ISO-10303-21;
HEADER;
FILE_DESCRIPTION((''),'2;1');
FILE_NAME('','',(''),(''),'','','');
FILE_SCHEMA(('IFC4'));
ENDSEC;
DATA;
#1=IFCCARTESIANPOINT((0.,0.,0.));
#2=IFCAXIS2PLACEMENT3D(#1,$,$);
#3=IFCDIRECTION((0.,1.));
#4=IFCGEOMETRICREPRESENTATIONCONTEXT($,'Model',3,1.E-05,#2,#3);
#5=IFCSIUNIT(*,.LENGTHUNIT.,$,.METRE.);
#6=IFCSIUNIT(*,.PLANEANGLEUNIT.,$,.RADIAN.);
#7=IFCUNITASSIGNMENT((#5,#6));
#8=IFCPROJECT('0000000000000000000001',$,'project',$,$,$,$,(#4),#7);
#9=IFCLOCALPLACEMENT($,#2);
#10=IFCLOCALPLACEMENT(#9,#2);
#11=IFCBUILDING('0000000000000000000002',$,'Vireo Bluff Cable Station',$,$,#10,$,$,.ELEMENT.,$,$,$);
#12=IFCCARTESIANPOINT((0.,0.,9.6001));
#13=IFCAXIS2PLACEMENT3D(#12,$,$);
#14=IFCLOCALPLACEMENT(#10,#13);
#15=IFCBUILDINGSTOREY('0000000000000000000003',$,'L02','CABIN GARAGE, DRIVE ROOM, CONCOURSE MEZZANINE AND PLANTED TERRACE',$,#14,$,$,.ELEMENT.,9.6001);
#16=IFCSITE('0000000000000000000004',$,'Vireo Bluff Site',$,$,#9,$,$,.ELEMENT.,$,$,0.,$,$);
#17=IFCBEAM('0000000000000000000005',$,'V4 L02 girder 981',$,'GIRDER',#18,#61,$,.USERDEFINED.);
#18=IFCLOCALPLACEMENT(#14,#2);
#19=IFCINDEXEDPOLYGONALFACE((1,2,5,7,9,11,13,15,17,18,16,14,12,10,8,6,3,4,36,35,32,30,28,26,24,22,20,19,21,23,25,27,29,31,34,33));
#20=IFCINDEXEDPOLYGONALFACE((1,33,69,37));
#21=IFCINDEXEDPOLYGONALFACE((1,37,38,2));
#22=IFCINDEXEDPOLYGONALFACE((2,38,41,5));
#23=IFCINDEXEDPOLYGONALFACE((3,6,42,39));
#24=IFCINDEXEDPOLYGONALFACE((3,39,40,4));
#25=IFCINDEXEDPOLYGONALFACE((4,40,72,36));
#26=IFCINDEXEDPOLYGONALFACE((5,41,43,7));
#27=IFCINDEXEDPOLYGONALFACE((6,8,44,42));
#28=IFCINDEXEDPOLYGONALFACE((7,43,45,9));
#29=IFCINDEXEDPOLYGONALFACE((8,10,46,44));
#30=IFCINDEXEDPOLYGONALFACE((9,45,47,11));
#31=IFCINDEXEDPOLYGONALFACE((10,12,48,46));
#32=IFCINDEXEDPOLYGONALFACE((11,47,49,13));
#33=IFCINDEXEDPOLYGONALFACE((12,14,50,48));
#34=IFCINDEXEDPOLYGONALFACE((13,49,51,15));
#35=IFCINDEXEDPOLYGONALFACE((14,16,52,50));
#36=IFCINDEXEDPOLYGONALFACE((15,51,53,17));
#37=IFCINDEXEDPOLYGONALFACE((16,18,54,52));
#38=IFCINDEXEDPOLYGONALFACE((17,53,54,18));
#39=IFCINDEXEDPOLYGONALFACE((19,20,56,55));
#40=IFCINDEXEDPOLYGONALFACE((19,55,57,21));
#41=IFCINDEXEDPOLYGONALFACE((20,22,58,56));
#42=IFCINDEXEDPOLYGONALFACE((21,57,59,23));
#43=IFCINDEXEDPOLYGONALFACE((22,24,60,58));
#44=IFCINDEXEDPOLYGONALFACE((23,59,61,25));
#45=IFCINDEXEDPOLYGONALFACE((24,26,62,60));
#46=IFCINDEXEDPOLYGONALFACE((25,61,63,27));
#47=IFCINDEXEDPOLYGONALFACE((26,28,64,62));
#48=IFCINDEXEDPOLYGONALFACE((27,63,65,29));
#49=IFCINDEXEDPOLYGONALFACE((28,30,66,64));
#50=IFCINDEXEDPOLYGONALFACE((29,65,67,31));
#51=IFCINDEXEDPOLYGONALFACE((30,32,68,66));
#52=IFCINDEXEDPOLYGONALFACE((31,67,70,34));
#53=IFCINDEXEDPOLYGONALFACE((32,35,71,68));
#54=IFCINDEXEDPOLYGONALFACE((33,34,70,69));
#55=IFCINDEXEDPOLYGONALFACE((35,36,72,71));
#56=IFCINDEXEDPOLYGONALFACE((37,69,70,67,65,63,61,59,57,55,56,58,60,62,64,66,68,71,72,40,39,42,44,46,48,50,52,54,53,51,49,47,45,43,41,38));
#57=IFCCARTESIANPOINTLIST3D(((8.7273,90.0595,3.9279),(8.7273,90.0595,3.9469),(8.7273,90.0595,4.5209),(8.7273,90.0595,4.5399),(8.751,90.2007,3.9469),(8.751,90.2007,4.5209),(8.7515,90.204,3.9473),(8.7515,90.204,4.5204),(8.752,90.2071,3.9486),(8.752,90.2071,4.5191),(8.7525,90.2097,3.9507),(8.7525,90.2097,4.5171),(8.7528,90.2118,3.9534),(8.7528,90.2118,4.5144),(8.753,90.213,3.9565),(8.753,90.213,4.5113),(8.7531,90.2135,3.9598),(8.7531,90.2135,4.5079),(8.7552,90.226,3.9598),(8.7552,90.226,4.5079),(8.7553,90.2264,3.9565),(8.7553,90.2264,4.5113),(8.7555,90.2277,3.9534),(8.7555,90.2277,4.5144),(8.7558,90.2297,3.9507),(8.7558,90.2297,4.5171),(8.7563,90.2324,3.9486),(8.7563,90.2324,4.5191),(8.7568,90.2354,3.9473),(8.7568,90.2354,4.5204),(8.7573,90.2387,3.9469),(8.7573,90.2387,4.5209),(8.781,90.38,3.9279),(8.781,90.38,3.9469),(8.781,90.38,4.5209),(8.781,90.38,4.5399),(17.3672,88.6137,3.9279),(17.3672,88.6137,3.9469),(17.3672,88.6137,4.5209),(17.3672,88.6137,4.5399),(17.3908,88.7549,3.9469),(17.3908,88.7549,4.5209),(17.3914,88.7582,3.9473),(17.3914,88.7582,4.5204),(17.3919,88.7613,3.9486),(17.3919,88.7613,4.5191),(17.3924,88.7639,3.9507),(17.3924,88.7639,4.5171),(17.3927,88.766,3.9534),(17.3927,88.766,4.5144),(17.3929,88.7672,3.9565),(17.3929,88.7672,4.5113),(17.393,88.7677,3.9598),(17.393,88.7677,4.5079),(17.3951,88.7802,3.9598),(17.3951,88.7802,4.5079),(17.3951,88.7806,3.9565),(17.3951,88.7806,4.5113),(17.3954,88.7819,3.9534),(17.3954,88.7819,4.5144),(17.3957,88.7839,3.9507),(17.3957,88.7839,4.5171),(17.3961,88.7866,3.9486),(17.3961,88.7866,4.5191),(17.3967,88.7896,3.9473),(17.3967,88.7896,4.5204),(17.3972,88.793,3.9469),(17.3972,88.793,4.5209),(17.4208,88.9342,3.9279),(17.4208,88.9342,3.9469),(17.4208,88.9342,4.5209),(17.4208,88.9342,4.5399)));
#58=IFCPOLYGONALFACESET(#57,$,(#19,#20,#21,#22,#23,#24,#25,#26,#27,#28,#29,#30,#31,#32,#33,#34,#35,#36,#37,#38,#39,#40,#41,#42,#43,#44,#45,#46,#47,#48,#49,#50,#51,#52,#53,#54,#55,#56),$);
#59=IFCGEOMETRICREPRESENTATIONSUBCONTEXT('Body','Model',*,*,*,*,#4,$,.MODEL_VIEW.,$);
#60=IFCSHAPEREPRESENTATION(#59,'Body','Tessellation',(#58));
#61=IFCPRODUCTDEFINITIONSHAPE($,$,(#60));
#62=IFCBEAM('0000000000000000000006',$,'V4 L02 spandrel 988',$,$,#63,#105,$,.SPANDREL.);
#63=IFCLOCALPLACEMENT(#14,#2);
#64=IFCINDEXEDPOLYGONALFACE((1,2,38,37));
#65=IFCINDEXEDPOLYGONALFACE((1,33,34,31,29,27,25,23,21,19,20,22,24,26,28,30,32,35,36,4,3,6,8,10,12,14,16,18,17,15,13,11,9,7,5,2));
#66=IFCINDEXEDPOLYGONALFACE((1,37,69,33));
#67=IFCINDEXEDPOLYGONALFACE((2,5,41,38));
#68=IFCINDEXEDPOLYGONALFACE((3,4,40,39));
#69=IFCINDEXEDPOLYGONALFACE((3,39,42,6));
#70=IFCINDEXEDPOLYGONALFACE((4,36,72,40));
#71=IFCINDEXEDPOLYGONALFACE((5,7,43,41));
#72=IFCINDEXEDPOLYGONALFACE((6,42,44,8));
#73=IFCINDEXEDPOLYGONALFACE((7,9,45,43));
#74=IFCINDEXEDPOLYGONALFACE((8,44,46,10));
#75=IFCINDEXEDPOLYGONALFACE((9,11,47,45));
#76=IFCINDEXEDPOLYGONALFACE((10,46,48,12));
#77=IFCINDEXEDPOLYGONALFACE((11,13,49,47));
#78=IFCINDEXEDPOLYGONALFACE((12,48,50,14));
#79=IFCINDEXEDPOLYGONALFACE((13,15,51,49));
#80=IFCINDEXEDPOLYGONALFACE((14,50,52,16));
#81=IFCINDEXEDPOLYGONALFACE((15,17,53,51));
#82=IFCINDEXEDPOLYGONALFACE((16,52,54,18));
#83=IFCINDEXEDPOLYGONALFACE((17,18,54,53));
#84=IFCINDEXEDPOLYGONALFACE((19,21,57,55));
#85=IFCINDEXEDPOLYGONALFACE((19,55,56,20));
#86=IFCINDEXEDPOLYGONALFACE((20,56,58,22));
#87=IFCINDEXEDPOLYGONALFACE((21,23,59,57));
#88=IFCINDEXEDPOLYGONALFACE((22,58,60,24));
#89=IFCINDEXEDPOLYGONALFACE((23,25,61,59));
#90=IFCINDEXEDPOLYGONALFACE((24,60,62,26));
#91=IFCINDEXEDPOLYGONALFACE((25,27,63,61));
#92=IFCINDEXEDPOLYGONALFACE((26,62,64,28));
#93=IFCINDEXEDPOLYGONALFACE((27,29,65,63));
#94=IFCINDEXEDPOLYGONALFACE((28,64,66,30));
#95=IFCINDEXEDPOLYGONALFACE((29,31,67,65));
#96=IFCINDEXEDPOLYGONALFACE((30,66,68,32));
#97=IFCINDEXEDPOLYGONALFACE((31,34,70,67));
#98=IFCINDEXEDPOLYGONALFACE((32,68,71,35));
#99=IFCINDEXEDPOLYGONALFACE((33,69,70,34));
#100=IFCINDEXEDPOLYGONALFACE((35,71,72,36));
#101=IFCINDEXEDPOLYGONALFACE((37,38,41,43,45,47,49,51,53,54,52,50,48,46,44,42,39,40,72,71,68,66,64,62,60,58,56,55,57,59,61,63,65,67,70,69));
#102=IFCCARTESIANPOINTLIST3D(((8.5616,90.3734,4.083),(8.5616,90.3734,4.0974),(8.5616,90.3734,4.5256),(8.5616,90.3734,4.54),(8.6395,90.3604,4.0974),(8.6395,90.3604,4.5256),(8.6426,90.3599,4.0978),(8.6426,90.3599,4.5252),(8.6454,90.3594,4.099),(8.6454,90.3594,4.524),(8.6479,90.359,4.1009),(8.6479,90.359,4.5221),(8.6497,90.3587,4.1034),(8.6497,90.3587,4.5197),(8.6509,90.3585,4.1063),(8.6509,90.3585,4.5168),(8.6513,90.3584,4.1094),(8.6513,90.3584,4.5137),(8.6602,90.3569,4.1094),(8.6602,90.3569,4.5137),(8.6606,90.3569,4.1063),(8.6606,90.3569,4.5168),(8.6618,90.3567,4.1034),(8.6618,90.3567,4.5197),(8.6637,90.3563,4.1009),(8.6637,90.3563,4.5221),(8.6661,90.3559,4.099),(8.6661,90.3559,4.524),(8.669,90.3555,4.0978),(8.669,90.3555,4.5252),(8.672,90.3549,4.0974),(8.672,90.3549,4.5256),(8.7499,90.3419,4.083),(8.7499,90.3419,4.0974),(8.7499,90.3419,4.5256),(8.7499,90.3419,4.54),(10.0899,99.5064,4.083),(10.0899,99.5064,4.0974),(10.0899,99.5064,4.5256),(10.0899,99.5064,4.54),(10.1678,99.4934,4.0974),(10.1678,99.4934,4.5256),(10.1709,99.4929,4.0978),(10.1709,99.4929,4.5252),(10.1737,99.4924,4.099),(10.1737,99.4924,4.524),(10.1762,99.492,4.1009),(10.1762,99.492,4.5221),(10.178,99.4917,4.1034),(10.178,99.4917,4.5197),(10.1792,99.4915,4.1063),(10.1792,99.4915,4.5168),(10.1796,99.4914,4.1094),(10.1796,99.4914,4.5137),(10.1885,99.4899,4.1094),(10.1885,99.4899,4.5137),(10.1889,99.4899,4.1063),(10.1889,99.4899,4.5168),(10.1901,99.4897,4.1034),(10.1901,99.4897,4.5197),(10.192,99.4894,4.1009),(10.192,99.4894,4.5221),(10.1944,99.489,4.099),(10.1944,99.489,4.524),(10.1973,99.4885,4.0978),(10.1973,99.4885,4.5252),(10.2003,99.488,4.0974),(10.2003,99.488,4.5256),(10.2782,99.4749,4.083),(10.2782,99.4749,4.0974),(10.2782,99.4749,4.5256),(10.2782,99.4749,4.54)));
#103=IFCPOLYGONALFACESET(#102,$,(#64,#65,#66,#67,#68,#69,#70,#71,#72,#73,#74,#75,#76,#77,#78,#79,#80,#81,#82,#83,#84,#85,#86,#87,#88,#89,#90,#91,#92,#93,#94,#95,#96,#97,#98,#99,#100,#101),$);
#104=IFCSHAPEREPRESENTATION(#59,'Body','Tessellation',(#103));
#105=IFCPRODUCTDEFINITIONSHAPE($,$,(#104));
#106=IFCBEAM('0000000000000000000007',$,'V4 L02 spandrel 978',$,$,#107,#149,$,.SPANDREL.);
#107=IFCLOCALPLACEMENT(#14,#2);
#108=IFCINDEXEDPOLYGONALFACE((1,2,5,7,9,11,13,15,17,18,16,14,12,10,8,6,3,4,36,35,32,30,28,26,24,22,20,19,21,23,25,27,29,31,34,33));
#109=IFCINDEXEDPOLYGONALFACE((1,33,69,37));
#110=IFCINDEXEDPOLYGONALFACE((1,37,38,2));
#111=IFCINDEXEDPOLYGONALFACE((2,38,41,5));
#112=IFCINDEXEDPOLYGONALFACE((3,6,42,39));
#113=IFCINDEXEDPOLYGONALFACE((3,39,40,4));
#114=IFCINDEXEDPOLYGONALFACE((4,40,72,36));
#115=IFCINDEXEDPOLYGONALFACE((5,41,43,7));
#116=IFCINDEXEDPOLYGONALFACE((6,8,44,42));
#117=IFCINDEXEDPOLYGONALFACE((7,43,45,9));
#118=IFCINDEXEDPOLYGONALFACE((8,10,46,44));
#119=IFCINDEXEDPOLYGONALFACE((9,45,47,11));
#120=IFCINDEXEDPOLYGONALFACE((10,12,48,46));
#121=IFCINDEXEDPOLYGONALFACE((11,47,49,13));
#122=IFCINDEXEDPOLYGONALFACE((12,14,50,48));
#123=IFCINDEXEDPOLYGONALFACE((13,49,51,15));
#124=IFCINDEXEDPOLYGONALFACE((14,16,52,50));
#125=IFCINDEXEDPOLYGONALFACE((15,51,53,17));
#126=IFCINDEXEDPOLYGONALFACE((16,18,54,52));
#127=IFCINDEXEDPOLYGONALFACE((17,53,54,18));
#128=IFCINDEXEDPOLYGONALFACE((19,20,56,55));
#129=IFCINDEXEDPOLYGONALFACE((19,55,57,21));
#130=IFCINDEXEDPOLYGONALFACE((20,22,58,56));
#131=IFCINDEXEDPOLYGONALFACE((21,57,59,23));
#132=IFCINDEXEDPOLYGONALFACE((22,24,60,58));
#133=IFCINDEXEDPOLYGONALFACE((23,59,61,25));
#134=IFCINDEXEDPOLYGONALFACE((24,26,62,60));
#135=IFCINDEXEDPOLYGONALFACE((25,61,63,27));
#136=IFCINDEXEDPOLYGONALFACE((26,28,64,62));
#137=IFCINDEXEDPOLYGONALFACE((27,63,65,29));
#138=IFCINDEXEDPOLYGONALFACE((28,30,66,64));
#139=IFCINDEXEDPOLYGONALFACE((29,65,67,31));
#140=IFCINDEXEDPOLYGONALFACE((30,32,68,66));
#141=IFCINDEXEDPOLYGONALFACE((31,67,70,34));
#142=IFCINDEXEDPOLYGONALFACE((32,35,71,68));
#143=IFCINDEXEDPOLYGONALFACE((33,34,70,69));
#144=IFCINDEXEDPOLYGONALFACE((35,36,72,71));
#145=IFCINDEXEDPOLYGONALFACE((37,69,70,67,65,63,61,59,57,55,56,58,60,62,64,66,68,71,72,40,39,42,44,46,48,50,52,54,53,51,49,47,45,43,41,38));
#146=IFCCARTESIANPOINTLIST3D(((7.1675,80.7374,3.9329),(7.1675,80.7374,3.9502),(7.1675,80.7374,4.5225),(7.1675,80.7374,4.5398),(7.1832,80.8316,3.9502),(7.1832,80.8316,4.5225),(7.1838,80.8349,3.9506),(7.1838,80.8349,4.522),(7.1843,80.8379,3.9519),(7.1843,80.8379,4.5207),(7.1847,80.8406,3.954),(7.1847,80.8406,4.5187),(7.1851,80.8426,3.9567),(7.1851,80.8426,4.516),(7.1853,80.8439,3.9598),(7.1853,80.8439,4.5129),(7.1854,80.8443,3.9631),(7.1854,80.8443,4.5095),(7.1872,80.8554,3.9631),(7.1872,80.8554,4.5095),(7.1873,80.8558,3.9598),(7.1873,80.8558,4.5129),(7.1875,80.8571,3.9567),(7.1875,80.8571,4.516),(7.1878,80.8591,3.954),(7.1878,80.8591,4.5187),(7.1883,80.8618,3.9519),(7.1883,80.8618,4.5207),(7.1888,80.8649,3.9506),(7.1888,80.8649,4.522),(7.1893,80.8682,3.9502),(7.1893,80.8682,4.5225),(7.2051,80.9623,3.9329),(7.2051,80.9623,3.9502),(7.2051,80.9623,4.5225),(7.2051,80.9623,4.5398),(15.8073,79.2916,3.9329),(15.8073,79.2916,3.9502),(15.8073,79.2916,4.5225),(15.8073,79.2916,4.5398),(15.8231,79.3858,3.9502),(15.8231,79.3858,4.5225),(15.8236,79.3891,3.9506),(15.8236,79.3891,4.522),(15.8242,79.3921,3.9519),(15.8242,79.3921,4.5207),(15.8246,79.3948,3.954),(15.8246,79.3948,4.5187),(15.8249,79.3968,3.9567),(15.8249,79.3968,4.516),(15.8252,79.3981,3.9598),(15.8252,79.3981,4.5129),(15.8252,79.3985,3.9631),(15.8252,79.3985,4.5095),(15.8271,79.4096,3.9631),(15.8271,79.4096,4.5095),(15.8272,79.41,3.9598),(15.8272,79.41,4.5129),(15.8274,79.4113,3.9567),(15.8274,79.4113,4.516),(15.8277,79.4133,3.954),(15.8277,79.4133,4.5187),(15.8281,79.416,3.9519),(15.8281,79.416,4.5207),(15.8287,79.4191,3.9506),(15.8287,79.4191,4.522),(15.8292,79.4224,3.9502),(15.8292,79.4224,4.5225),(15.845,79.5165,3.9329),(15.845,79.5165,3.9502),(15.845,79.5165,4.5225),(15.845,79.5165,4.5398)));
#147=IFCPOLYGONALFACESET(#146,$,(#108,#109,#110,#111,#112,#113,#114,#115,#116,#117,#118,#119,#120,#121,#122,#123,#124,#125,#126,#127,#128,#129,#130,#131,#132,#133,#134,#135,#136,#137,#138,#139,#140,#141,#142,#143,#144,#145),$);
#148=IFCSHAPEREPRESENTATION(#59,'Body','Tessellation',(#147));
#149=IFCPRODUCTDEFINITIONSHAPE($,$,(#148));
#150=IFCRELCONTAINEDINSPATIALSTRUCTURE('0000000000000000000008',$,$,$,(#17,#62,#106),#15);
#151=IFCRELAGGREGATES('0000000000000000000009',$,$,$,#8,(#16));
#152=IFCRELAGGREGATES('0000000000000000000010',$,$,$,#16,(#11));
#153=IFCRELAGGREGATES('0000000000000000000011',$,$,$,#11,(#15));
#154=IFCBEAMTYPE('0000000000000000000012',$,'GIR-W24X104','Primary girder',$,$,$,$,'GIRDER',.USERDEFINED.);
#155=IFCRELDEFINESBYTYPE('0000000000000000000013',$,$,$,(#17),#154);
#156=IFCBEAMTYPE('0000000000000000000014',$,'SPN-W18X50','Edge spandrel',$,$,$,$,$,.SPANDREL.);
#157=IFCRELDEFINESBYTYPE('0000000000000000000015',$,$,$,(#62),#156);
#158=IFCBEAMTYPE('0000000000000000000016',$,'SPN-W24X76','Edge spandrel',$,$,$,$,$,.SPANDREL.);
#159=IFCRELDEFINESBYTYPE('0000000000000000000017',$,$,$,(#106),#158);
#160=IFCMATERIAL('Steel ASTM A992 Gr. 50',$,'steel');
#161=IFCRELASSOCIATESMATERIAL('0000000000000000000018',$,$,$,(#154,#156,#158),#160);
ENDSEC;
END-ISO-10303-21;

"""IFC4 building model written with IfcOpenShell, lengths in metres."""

from ifc_helpers import new_model, si_unit, direction, frame, origin, origin_2d, place, context, subcontext, project, spatial, i_section, extrude, material, material_profile, profile_set, type_object, element, save


model = new_model("IFC4")

# Units and contexts
model_context = context("Model", 3, precision=1e-05, world=origin(), true_north=direction((0.0, 1.0)))
body_context = subcontext(model_context, "Body", "Model", "MODEL_VIEW")
ifc_project = project(units=[si_unit("LENGTHUNIT", "METRE"), si_unit("PLANEANGLEUNIT", "RADIAN")], contexts=[model_context])

# Site, building, storey
site_placement = place(None, origin())
site = spatial("IfcSite", under=ifc_project, at=site_placement, Name="Vireo Bluff Site", CompositionType="ELEMENT", RefElevation=0.0)
building_placement = place(site_placement, origin())
building = spatial("IfcBuilding", under=site, at=building_placement, Name="Vireo Bluff Cable Station", CompositionType="ELEMENT")
storey_placement = place(building_placement, frame((0.0, 0.0, 9.6001)))
storey = spatial("IfcBuildingStorey", under=building, at=storey_placement, Name="L02", Description="CABIN GARAGE, DRIVE ROOM, CONCOURSE MEZZANINE AND PLANTED TERRACE", CompositionType="ELEMENT", Elevation=9.6001)

# Shared definitions
ifc_material_1 = material(Name="Steel ASTM A992 Gr. 50", Category="steel")

# Beams
ifc_material_profile_1 = material_profile(ifc_material_1, i_section(OverallWidth=0.325, OverallDepth=0.6121, WebThickness=0.0127, FlangeThickness=0.019, FilletRadius=0.0129, at=origin_2d()), Name="W24X104")
ifc_profile_set_1 = profile_set([ifc_material_profile_1], Name="Steel ASTM A992 Gr. 50")
beam_type_1 = type_object("IfcBeamType", Name="GIR-W24X104", Description="Primary girder", ElementType="GIRDER", PredefinedType="USERDEFINED", material=ifc_profile_set_1)
beam_1_placement = place(storey_placement, frame((8.7542, 90.2197, 4.2339), z_axis=(0.986286, -0.165045, 0.0), x_axis=(0.165045, 0.986286, 0.0)))
element("IfcBeam", 1, at=beam_1_placement, inside=storey, type_object=beam_type_1, Name="V4 L02 girder 981", ObjectType="GIRDER", PredefinedType="USERDEFINED", context=body_context, shape_type="SweptSolid", body=[
    extrude(i_section(OverallWidth=0.325, OverallDepth=0.6121, WebThickness=0.0127, FlangeThickness=0.019, FilletRadius=0.0129, at=origin_2d()), origin(), (0.0, 0.0, 1.0), 8.76),
])
ifc_material_profile_2 = material_profile(ifc_material_1, i_section(OverallWidth=0.1909, OverallDepth=0.457, WebThickness=0.009, FlangeThickness=0.0144, FilletRadius=0.012, at=origin_2d()), Name="W18X50")
ifc_profile_set_2 = profile_set([ifc_material_profile_2], Name="Steel ASTM A992 Gr. 50")
beam_type_2 = type_object("IfcBeamType", Name="SPN-W18X50", Description="Edge spandrel", PredefinedType="SPANDREL", material=ifc_profile_set_2)
beam_2_placement = place(storey_placement, frame((8.6558, 90.3577, 4.3115), z_axis=(0.165045, 0.986286, 0.0), x_axis=(-0.986286, 0.165045, 0.0)))
element("IfcBeam", 2, at=beam_2_placement, inside=storey, type_object=beam_type_2, Name="V4 L02 spandrel 988", PredefinedType="SPANDREL", context=body_context, shape_type="SweptSolid", body=[
    extrude(i_section(OverallWidth=0.1909, OverallDepth=0.457, WebThickness=0.009, FlangeThickness=0.0144, FilletRadius=0.012, at=origin_2d()), origin(), (0.0, 0.0, 1.0), 9.26),
])
ifc_material_profile_3 = material_profile(ifc_material_1, i_section(OverallWidth=0.228, OverallDepth=0.6069, WebThickness=0.0112, FlangeThickness=0.0173, FilletRadius=0.0129, at=origin_2d()), Name="W24X76")
ifc_profile_set_3 = profile_set([ifc_material_profile_3], Name="Steel ASTM A992 Gr. 50")
beam_type_3 = type_object("IfcBeamType", Name="SPN-W24X76", Description="Edge spandrel", PredefinedType="SPANDREL", material=ifc_profile_set_3)
beam_3_placement = place(storey_placement, frame((7.1863, 80.8499, 4.2363), z_axis=(0.986286, -0.165045, 0.0), x_axis=(0.165045, 0.986286, 0.0)))
element("IfcBeam", 3, at=beam_3_placement, inside=storey, type_object=beam_type_3, Name="V4 L02 spandrel 978", PredefinedType="SPANDREL", context=body_context, shape_type="SweptSolid", body=[
    extrude(i_section(OverallWidth=0.228, OverallDepth=0.6069, WebThickness=0.0112, FlangeThickness=0.0173, FilletRadius=0.0129, at=origin_2d()), origin(), (0.0, 0.0, 1.0), 8.76),
])

save(model, "model.ifc")
